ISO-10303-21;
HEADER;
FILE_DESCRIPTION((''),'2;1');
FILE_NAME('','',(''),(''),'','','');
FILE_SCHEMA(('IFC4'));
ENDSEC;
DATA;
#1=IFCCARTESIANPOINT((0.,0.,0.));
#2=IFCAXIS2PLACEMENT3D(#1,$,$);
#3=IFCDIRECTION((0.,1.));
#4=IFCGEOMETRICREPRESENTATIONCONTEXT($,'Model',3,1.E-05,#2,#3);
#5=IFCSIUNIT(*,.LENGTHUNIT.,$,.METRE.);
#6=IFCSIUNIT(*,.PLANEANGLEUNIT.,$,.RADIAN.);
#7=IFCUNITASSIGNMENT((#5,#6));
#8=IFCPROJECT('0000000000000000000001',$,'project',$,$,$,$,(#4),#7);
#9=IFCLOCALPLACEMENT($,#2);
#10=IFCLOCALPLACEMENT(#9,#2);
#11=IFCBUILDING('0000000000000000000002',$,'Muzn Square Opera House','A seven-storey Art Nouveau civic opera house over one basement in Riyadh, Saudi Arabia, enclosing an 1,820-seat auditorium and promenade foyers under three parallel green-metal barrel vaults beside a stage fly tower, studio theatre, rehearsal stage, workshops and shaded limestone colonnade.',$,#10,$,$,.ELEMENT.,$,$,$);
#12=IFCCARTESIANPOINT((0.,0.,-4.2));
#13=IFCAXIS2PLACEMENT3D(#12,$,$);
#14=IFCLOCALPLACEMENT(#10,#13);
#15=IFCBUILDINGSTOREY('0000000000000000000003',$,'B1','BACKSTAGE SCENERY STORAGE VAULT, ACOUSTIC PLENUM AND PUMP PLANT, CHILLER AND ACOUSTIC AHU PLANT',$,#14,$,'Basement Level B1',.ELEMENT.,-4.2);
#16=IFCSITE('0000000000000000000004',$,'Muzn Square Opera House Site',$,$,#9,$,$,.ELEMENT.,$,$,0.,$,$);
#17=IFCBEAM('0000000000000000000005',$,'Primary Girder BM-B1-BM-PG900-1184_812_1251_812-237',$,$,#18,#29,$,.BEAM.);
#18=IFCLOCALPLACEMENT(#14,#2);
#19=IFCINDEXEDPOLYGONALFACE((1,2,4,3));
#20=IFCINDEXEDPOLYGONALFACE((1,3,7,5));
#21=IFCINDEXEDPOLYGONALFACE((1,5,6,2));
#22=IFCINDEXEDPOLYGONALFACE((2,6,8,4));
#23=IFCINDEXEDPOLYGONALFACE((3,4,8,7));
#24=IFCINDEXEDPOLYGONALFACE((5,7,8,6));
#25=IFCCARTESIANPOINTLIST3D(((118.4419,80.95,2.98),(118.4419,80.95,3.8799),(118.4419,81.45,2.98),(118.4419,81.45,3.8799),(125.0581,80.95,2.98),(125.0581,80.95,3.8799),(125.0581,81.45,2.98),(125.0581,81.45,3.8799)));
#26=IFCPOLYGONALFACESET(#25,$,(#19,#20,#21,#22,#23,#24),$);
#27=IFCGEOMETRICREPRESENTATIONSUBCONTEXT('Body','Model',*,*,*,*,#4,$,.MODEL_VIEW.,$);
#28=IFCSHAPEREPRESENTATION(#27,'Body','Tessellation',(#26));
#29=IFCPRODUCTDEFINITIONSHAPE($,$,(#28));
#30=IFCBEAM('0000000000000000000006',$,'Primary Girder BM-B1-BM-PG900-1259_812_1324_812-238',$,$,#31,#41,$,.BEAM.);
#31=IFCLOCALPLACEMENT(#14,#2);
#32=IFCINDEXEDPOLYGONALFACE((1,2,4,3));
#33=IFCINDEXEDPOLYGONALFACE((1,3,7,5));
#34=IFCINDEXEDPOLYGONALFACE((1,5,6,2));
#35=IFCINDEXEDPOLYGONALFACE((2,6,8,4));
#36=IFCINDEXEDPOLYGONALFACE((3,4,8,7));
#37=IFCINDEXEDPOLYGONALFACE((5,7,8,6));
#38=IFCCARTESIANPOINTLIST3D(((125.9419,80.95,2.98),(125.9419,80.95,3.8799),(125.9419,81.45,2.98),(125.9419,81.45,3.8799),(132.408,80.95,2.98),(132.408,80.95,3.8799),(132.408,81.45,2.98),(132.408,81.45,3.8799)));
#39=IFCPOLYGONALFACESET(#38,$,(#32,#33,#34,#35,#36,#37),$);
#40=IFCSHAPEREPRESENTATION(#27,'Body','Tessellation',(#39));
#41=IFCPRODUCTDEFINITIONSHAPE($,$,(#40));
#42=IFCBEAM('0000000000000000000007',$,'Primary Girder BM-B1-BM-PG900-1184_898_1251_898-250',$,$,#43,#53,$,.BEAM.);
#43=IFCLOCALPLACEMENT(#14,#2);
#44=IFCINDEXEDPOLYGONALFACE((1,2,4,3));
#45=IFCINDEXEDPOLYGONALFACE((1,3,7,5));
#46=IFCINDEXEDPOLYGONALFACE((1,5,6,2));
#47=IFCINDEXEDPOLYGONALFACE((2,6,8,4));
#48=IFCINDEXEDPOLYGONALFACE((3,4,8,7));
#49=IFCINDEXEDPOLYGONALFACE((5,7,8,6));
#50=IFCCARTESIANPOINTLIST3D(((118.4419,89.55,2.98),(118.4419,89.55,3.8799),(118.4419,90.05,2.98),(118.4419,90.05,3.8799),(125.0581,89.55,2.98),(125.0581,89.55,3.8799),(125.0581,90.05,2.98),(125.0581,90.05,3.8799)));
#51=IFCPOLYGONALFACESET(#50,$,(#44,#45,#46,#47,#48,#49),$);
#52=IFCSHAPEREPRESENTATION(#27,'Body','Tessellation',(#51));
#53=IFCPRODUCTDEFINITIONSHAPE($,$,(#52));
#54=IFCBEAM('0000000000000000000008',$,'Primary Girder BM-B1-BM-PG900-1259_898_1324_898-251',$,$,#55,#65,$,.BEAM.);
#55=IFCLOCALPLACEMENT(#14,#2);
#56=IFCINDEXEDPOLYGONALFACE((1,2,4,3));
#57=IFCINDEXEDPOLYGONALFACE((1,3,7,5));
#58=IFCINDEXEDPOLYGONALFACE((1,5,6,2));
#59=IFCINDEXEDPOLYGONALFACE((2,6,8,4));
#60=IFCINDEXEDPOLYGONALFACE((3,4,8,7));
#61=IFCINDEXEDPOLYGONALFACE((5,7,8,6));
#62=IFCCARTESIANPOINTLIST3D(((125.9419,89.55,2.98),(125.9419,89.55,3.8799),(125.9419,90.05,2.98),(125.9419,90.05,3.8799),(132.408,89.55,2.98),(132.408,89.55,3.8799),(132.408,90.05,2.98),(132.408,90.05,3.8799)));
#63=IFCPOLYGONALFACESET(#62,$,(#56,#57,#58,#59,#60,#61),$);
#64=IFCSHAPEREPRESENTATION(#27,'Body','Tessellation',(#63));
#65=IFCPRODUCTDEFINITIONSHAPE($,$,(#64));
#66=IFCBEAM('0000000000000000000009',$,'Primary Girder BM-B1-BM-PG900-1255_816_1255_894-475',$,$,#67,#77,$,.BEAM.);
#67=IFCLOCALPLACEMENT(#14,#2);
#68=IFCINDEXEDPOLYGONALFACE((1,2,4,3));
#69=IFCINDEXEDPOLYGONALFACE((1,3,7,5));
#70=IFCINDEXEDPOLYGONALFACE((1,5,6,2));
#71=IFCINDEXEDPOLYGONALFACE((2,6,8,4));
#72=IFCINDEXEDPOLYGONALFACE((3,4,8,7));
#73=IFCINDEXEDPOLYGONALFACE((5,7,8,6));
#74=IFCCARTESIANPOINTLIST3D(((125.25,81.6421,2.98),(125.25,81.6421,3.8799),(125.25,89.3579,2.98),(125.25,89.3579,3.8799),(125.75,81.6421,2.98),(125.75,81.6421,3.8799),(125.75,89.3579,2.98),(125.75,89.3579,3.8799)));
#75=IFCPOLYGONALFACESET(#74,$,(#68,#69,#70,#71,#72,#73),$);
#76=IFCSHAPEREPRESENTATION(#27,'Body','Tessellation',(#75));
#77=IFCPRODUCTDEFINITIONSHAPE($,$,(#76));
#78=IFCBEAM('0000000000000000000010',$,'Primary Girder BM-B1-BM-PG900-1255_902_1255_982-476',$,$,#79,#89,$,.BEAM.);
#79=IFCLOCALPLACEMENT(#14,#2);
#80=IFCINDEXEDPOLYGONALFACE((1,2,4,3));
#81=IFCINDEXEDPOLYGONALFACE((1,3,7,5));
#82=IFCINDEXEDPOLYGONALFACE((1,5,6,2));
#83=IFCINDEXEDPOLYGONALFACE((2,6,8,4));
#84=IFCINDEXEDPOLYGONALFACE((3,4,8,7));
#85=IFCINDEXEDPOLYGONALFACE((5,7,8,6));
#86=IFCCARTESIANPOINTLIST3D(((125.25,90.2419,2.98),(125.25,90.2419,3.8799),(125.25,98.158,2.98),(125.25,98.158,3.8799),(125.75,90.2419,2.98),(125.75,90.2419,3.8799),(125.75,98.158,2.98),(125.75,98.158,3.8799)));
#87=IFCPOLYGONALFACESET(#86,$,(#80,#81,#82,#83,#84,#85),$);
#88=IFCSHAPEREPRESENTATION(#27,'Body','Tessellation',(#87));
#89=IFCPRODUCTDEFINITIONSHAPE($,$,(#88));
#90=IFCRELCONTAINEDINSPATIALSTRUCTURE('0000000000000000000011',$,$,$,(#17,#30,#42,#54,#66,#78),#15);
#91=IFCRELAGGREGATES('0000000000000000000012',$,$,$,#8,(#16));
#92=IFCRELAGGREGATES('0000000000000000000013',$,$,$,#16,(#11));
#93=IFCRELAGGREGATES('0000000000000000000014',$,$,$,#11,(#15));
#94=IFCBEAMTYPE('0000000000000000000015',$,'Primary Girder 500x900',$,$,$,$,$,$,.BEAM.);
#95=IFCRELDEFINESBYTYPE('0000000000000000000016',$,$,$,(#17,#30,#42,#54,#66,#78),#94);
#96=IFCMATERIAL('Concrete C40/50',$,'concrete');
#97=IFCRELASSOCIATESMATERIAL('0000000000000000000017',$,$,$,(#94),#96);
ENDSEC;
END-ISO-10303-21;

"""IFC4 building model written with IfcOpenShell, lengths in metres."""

from ifc_helpers import new_model, si_unit, direction, frame, origin, origin_2d, place, context, subcontext, project, spatial, rectangle, extrude, material, material_profile, profile_set, type_object, element, save


model = new_model("IFC4")

# Units and contexts
model_context = context("Model", 3, precision=1e-05, world=origin(), true_north=direction((0.0, 1.0)))
body_context = subcontext(model_context, "Body", "Model", "MODEL_VIEW")
ifc_project = project(units=[si_unit("LENGTHUNIT", "METRE"), si_unit("PLANEANGLEUNIT", "RADIAN")], contexts=[model_context])

# Site, building, storey
site_placement = place(None, origin())
site = spatial("IfcSite", under=ifc_project, at=site_placement, Name="Muzn Square Opera House Site", CompositionType="ELEMENT", RefElevation=0.0)
building_placement = place(site_placement, origin())
building = spatial("IfcBuilding", under=site, at=building_placement, Name="Muzn Square Opera House", Description="A seven-storey Art Nouveau civic opera house over one basement in Riyadh, Saudi Arabia, enclosing an 1,820-seat auditorium and promenade foyers under three parallel green-metal barrel vaults beside a stage fly tower, studio theatre, rehearsal stage, workshops and shaded limestone colonnade.", CompositionType="ELEMENT")
storey_placement = place(building_placement, frame((0.0, 0.0, -4.2)))
storey = spatial("IfcBuildingStorey", under=building, at=storey_placement, Name="B1", Description="BACKSTAGE SCENERY STORAGE VAULT, ACOUSTIC PLENUM AND PUMP PLANT, CHILLER AND ACOUSTIC AHU PLANT", LongName="Basement Level B1", CompositionType="ELEMENT", Elevation=-4.2)

# Shared definitions
ifc_material_1 = material(Name="Concrete C40/50", Category="concrete")

# Beams
ifc_material_profile_1 = material_profile(ifc_material_1, rectangle(XDim=0.5, YDim=0.8999, at=origin_2d()), Name="RCB 500x900", Category="concrete")
ifc_profile_set_1 = profile_set([ifc_material_profile_1], Name="Concrete C40/50")
beam_type_1 = type_object("IfcBeamType", Name="Primary Girder 500x900", PredefinedType="BEAM", material=ifc_profile_set_1)
beam_1_placement = place(storey_placement, frame((118.4419, 81.2, 3.4299), z_axis=(1.0, 0.0, 0.0), x_axis=(0.0, 1.0, 0.0)))
element("IfcBeam", 1, at=beam_1_placement, inside=storey, type_object=beam_type_1, Name="Primary Girder BM-B1-BM-PG900-1184_812_1251_812-237", PredefinedType="BEAM", context=body_context, shape_type="SweptSolid", body=[
    extrude(rectangle(XDim=0.5, YDim=0.8999, at=origin_2d()), origin(), (0.0, 0.0, 1.0), 6.6162),
])
beam_2_placement = place(storey_placement, frame((125.9419, 81.2, 3.4299), z_axis=(1.0, 0.0, 0.0), x_axis=(0.0, 1.0, 0.0)))
element("IfcBeam", 2, at=beam_2_placement, inside=storey, type_object=beam_type_1, Name="Primary Girder BM-B1-BM-PG900-1259_812_1324_812-238", PredefinedType="BEAM", context=body_context, shape_type="SweptSolid", body=[
    extrude(rectangle(XDim=0.5, YDim=0.8999, at=origin_2d()), origin(), (0.0, 0.0, 1.0), 6.4661),
])
beam_3_placement = place(storey_placement, frame((118.4419, 89.8, 3.4299), z_axis=(1.0, 0.0, 0.0), x_axis=(0.0, 1.0, 0.0)))
element("IfcBeam", 3, at=beam_3_placement, inside=storey, type_object=beam_type_1, Name="Primary Girder BM-B1-BM-PG900-1184_898_1251_898-250", PredefinedType="BEAM", context=body_context, shape_type="SweptSolid", body=[
    extrude(rectangle(XDim=0.5, YDim=0.8999, at=origin_2d()), origin(), (0.0, 0.0, 1.0), 6.6162),
])
beam_4_placement = place(storey_placement, frame((125.9419, 89.8, 3.4299), z_axis=(1.0, 0.0, 0.0), x_axis=(0.0, 1.0, 0.0)))
element("IfcBeam", 4, at=beam_4_placement, inside=storey, type_object=beam_type_1, Name="Primary Girder BM-B1-BM-PG900-1259_898_1324_898-251", PredefinedType="BEAM", context=body_context, shape_type="SweptSolid", body=[
    extrude(rectangle(XDim=0.5, YDim=0.8999, at=origin_2d()), origin(), (0.0, 0.0, 1.0), 6.4661),
])
beam_5_placement = place(storey_placement, frame((125.5, 81.6421, 3.4299), z_axis=(0.0, 1.0, 0.0), x_axis=(-1.0, 0.0, 0.0)))
element("IfcBeam", 5, at=beam_5_placement, inside=storey, type_object=beam_type_1, Name="Primary Girder BM-B1-BM-PG900-1255_816_1255_894-475", PredefinedType="BEAM", context=body_context, shape_type="SweptSolid", body=[
    extrude(rectangle(XDim=0.5, YDim=0.8999, at=origin_2d()), origin(), (0.0, 0.0, 1.0), 7.7158),
])
beam_6_placement = place(storey_placement, frame((125.5, 90.2419, 3.4299), z_axis=(0.0, 1.0, 0.0), x_axis=(-1.0, 0.0, 0.0)))
element("IfcBeam", 6, at=beam_6_placement, inside=storey, type_object=beam_type_1, Name="Primary Girder BM-B1-BM-PG900-1255_902_1255_982-476", PredefinedType="BEAM", context=body_context, shape_type="SweptSolid", body=[
    extrude(rectangle(XDim=0.5, YDim=0.8999, at=origin_2d()), origin(), (0.0, 0.0, 1.0), 7.916),
])

save(model, "model.ifc")
